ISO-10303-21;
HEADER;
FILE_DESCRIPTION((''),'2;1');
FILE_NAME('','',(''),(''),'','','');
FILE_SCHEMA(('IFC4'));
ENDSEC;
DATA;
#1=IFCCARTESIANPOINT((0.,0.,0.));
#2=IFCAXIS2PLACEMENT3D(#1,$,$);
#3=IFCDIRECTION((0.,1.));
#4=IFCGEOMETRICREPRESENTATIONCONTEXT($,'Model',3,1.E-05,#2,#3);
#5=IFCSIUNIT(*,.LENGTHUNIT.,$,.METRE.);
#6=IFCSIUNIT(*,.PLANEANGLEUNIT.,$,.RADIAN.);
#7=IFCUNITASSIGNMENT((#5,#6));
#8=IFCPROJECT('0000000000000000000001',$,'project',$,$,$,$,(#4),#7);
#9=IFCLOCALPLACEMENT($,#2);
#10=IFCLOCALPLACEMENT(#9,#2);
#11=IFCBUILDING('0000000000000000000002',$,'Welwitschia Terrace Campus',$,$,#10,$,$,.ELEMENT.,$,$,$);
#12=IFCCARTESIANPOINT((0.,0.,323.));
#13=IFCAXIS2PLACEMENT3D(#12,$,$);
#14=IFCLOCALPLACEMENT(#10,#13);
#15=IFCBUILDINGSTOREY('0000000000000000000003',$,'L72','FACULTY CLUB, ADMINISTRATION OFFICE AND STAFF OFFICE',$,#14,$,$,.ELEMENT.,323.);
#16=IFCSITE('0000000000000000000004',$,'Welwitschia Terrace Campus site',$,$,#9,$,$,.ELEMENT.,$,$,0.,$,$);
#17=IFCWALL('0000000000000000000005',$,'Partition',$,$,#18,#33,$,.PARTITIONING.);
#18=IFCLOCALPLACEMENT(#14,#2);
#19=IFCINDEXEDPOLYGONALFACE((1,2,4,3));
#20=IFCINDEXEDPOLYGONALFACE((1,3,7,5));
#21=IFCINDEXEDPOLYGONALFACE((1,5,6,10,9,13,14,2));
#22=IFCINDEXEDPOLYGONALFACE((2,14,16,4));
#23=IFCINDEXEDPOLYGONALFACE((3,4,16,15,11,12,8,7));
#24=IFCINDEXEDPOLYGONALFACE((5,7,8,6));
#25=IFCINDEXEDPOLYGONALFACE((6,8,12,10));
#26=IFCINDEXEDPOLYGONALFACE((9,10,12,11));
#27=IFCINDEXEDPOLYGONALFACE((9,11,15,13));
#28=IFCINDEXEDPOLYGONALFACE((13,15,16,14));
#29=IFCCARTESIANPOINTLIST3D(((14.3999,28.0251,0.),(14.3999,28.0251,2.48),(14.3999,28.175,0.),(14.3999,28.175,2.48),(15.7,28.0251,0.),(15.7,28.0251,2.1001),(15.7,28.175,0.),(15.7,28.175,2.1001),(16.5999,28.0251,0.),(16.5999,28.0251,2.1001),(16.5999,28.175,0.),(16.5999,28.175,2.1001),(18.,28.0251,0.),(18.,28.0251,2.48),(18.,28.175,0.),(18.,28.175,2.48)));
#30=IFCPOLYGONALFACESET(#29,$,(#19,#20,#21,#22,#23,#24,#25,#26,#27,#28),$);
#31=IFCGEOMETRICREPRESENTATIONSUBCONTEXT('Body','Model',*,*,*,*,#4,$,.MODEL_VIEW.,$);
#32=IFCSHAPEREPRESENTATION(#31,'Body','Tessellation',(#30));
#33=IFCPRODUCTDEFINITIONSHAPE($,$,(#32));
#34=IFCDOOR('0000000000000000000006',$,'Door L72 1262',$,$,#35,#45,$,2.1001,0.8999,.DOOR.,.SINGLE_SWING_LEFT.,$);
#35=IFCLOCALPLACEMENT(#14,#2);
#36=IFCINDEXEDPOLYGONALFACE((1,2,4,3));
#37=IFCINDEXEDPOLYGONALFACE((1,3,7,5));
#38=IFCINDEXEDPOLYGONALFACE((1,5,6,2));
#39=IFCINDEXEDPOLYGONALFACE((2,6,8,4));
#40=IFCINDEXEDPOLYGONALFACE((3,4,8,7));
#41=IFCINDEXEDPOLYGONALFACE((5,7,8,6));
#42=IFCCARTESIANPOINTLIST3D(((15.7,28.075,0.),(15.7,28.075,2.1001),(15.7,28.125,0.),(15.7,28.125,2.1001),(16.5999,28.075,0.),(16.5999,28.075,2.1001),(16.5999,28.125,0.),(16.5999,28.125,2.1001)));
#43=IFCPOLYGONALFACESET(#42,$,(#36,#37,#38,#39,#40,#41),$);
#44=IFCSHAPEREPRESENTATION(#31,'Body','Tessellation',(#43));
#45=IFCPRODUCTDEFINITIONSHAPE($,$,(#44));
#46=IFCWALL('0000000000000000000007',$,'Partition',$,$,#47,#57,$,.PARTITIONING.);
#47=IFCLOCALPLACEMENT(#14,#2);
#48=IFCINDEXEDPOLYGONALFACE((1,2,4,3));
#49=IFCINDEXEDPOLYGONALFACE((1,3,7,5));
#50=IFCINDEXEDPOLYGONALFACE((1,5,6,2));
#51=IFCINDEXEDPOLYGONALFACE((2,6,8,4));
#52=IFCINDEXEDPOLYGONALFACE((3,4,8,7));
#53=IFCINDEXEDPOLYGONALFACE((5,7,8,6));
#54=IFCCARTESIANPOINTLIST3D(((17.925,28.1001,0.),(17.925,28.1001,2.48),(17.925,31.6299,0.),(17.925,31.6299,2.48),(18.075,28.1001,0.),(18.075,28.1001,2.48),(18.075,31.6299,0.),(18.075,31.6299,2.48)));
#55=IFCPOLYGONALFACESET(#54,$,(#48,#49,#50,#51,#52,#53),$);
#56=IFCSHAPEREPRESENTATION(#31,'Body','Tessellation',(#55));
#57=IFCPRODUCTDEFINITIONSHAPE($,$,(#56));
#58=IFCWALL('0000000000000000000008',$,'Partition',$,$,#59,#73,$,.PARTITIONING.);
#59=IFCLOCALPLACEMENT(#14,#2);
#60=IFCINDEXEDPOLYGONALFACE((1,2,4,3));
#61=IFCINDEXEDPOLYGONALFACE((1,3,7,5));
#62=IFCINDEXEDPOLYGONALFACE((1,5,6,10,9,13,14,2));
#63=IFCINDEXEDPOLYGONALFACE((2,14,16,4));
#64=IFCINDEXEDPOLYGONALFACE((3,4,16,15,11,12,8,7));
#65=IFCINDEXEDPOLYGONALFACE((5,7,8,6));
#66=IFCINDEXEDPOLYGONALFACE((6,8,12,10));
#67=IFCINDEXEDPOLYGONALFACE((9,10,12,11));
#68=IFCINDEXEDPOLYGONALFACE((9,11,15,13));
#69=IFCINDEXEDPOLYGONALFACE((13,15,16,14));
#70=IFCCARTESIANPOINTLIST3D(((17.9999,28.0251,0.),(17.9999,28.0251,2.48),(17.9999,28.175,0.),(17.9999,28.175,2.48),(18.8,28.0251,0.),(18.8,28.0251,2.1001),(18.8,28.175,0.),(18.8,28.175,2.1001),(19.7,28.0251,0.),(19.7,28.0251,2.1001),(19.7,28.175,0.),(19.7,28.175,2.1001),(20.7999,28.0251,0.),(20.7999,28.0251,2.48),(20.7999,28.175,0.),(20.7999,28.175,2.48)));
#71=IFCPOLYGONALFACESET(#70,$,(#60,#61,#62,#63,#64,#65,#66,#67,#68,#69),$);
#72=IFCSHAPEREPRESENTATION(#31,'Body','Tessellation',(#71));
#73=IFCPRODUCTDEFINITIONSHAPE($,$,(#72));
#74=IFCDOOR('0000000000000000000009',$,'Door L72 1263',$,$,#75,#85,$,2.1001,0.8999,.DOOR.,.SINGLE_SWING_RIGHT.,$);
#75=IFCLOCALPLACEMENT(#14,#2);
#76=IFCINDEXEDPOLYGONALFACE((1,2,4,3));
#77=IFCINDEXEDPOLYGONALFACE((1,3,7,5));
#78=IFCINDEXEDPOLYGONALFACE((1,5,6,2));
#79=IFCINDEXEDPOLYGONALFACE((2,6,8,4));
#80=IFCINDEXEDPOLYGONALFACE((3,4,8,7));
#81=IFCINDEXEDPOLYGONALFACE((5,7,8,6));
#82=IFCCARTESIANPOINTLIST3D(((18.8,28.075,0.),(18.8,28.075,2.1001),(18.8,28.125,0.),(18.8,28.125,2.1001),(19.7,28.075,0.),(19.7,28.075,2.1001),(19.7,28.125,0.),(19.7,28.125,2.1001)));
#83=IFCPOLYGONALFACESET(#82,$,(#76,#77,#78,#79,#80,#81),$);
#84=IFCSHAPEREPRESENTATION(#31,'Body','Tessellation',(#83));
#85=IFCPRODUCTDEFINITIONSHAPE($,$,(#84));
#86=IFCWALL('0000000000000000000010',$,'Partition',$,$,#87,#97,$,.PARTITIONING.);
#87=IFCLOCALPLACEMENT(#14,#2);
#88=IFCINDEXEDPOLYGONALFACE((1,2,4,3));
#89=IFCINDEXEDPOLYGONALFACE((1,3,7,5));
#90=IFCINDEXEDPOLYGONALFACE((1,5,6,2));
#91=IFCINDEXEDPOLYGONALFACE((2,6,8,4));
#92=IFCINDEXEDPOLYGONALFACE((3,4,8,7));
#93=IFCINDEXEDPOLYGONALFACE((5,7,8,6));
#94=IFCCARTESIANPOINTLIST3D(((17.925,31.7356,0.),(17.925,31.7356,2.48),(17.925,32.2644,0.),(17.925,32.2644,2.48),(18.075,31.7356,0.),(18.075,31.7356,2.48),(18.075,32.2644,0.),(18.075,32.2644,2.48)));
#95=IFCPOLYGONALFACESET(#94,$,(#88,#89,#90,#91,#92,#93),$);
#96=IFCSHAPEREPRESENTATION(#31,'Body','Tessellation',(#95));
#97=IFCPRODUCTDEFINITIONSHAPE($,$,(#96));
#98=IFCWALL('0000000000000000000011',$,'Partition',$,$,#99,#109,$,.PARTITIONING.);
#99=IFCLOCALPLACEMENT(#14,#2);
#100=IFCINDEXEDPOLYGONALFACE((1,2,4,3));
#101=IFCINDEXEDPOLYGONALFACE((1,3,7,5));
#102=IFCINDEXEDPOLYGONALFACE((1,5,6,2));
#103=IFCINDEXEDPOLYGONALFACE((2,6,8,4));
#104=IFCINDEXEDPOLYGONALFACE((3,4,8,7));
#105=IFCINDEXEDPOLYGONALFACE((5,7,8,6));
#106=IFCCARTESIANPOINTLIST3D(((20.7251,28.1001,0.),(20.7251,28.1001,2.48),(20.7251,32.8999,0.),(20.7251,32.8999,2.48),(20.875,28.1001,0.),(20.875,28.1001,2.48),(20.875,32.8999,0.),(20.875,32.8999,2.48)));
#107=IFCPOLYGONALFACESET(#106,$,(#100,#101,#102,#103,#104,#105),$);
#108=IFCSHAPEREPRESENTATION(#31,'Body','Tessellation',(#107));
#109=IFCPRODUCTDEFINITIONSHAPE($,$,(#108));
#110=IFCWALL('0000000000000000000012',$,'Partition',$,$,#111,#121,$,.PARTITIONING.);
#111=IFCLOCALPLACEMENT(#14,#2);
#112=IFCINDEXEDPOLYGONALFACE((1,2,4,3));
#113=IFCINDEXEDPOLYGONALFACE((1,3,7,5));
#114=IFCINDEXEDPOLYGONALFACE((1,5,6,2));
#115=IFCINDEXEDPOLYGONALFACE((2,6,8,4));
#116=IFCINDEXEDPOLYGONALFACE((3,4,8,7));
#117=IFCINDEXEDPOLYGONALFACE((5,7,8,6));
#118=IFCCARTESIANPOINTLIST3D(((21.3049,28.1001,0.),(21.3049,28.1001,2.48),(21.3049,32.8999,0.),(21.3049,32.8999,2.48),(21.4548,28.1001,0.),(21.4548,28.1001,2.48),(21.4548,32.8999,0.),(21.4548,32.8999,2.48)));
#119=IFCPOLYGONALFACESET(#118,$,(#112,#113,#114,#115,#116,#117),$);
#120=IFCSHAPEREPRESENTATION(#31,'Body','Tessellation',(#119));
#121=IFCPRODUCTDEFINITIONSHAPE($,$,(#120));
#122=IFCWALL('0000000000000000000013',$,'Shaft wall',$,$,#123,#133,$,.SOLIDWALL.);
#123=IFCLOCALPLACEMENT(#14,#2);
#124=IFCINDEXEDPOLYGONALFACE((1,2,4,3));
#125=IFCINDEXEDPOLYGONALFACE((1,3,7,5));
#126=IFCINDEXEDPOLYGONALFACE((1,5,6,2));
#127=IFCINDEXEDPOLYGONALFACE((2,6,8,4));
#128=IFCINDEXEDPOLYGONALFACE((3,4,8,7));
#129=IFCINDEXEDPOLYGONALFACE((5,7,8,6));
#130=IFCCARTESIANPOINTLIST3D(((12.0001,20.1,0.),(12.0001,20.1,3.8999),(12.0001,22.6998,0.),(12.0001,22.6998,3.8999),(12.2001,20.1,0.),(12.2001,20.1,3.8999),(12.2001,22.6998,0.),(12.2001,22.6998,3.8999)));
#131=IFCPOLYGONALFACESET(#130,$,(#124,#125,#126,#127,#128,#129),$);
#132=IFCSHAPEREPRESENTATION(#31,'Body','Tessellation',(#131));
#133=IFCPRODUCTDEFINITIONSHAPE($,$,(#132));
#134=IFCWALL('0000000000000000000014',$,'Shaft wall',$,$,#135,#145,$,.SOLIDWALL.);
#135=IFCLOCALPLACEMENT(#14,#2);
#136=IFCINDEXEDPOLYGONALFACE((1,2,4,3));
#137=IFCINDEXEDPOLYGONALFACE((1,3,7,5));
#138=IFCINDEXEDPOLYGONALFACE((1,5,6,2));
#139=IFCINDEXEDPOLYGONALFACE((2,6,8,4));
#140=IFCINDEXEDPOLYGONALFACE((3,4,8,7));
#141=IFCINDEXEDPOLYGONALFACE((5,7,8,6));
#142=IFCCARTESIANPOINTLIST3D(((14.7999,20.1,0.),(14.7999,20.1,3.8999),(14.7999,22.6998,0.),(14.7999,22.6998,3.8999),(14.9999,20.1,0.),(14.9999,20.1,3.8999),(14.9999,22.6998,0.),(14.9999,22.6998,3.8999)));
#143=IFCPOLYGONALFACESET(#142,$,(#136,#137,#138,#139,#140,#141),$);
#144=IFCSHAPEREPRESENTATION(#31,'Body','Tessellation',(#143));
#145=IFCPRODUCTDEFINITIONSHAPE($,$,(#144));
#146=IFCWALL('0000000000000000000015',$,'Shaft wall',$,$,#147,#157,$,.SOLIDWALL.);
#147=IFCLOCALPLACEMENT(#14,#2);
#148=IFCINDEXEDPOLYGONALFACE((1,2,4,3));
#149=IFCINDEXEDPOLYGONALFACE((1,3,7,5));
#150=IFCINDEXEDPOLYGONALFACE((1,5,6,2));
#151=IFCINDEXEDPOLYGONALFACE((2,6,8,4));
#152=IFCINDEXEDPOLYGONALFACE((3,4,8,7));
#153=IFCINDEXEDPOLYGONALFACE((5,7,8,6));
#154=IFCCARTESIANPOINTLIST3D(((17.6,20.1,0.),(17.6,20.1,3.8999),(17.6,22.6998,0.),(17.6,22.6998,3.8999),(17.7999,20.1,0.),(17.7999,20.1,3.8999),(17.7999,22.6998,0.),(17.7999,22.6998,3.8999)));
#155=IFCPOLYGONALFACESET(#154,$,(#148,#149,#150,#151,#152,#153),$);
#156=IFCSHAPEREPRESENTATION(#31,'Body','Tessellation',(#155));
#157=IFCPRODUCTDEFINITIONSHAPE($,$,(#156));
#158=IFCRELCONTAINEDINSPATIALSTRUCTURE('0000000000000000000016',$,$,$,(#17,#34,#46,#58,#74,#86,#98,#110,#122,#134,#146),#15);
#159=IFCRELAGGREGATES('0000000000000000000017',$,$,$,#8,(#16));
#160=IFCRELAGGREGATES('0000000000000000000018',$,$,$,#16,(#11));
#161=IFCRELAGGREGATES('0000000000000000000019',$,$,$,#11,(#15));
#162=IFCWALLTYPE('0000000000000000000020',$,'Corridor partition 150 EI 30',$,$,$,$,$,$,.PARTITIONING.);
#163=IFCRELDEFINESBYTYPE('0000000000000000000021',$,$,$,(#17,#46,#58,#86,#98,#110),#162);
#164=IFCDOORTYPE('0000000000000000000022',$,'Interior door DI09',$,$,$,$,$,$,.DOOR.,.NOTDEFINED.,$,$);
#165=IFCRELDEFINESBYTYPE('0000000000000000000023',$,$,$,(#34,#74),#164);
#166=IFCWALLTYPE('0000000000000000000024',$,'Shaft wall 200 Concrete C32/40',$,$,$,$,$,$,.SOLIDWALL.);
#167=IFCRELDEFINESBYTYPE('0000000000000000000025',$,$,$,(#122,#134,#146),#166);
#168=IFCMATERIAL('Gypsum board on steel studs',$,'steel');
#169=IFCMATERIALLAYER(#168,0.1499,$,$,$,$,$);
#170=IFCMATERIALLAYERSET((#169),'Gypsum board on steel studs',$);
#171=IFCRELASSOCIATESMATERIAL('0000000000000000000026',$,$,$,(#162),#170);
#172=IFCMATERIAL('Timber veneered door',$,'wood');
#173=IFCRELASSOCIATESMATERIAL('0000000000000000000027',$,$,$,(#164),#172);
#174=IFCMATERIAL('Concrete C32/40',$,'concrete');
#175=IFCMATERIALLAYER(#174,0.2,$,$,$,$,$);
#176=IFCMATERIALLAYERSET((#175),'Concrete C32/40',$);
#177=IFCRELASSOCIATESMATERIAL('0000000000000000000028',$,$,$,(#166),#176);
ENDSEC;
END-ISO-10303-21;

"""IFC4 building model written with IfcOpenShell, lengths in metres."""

from ifc_helpers import new_model, si_unit, direction, frame, frame_2d, origin, place, context, subcontext, project, spatial, rectangle, extrude, material, layer, layer_set, type_object, element, fill, save


model = new_model("IFC4")

# Units and contexts
model_context = context("Model", 3, precision=1e-05, world=origin(), true_north=direction((0.0, 1.0)))
body_context = subcontext(model_context, "Body", "Model", "MODEL_VIEW")
ifc_project = project(units=[si_unit("LENGTHUNIT", "METRE"), si_unit("PLANEANGLEUNIT", "RADIAN")], contexts=[model_context])

# Site, building, storey
site_placement = place(None, origin())
site = spatial("IfcSite", under=ifc_project, at=site_placement, Name="Welwitschia Terrace Campus site", CompositionType="ELEMENT", RefElevation=0.0)
building_placement = place(site_placement, origin())
building = spatial("IfcBuilding", under=site, at=building_placement, Name="Welwitschia Terrace Campus", CompositionType="ELEMENT")
storey_placement = place(building_placement, frame((0.0, 0.0, 323.0)))
storey = spatial("IfcBuildingStorey", under=building, at=storey_placement, Name="L72", Description="FACULTY CLUB, ADMINISTRATION OFFICE AND STAFF OFFICE", CompositionType="ELEMENT", Elevation=323.0)

# Shared definitions
ifc_material_1 = material(Name="Gypsum board on steel studs", Category="steel")
ifc_layer_1 = layer(ifc_material_1, 0.1499)
ifc_layer_set_1 = layer_set([ifc_layer_1], Name="Gypsum board on steel studs")
wall_type_1 = type_object("IfcWallType", Name="Corridor partition 150 EI 30", PredefinedType="PARTITIONING", material=ifc_layer_set_1)

# Wall, opening, door
wall_1_placement = place(storey_placement, frame((14.3999, 28.1001, 0.0), z_axis=(0.0, 0.0, 1.0), x_axis=(1.0, 0.0, 0.0)))
wall_1 = element("IfcWall", 1, at=wall_1_placement, inside=storey, type_object=wall_type_1, Name="Partition", PredefinedType="PARTITIONING", context=body_context, shape_type="SweptSolid", body=[
    extrude(rectangle(XDim=3.6001, YDim=0.1499, at=frame_2d((1.8, 0.0))), origin(), (0.0, 0.0, 1.0), 2.48),
])
opening_1_placement = place(wall_1_placement, frame((1.3, 0.0, 0.0)))
opening_1 = element("IfcOpeningElement", 2, at=opening_1_placement, cuts=wall_1, PredefinedType="OPENING", context=body_context, shape_type="SweptSolid", body=[
    extrude(rectangle(XDim=0.8999, YDim=2.1001, at=frame_2d((0.45, 1.05))), frame((0.0, 0.085, 0.0), z_axis=(0.0, -1.0, 0.0), x_axis=(1.0, 0.0, 0.0)), (0.0, 0.0, 1.0), 0.1699),
])
ifc_material_2 = material(Name="Timber veneered door", Category="wood")
door_type = type_object("IfcDoorType", Name="Interior door DI09", OperationType="NOTDEFINED", PredefinedType="DOOR", material=ifc_material_2)
door_1_placement = place(opening_1_placement, origin())
door_1 = element("IfcDoor", 3, at=door_1_placement, inside=storey, type_object=door_type, Name="Door L72 1262", OperationType="SINGLE_SWING_LEFT", OverallHeight=2.1001, OverallWidth=0.8999, PredefinedType="DOOR", context=body_context, shape_type="SweptSolid", body=[
    extrude(rectangle(XDim=0.8999, YDim=2.1001, at=frame_2d((0.45, 1.05))), frame((0.0, 0.0249, 0.0), z_axis=(0.0, -1.0, 0.0), x_axis=(1.0, 0.0, 0.0)), (0.0, 0.0, 1.0), 0.05),
])
fill(opening_1, door_1)

# Wall
wall_2_placement = place(storey_placement, frame((18.0, 28.1001, 0.0), z_axis=(0.0, 0.0, 1.0), x_axis=(0.0, 1.0, 0.0)))
element("IfcWall", 4, at=wall_2_placement, inside=storey, type_object=wall_type_1, Name="Partition", PredefinedType="PARTITIONING", context=body_context, shape_type="SweptSolid", body=[
    extrude(rectangle(XDim=3.5298, YDim=0.1499, at=frame_2d((1.7649, 0.0))), origin(), (0.0, 0.0, 1.0), 2.48),
])

# Wall, opening, door
wall_3_placement = place(storey_placement, frame((18.0, 28.1001, 0.0), z_axis=(0.0, 0.0, 1.0), x_axis=(1.0, 0.0, 0.0)))
wall_3 = element("IfcWall", 5, at=wall_3_placement, inside=storey, type_object=wall_type_1, Name="Partition", PredefinedType="PARTITIONING", context=body_context, shape_type="SweptSolid", body=[
    extrude(rectangle(XDim=2.8, YDim=0.1499, at=frame_2d((1.3999, 0.0))), origin(), (0.0, 0.0, 1.0), 2.48),
])
opening_2_placement = place(wall_3_placement, frame((0.8, 0.0, 0.0)))
opening_2 = element("IfcOpeningElement", 6, at=opening_2_placement, cuts=wall_3, PredefinedType="OPENING", context=body_context, shape_type="SweptSolid", body=[
    extrude(rectangle(XDim=0.8999, YDim=2.1001, at=frame_2d((0.45, 1.05))), frame((0.0, 0.085, 0.0), z_axis=(0.0, -1.0, 0.0), x_axis=(1.0, 0.0, 0.0)), (0.0, 0.0, 1.0), 0.1699),
])
door_2_placement = place(opening_2_placement, origin())
door_2 = element("IfcDoor", 7, at=door_2_placement, inside=storey, type_object=door_type, Name="Door L72 1263", OperationType="SINGLE_SWING_RIGHT", OverallHeight=2.1001, OverallWidth=0.8999, PredefinedType="DOOR", context=body_context, shape_type="SweptSolid", body=[
    extrude(rectangle(XDim=0.8999, YDim=2.1001, at=frame_2d((0.45, 1.05))), frame((0.0, 0.0249, 0.0), z_axis=(0.0, -1.0, 0.0), x_axis=(1.0, 0.0, 0.0)), (0.0, 0.0, 1.0), 0.05),
])
fill(opening_2, door_2)

# Walls
wall_4_placement = place(storey_placement, frame((18.0, 31.7356, 0.0), z_axis=(0.0, 0.0, 1.0), x_axis=(0.0, 1.0, 0.0)))
element("IfcWall", 8, at=wall_4_placement, inside=storey, type_object=wall_type_1, Name="Partition", PredefinedType="PARTITIONING", context=body_context, shape_type="SweptSolid", body=[
    extrude(rectangle(XDim=0.5288, YDim=0.1499, at=frame_2d((0.2644, 0.0))), origin(), (0.0, 0.0, 1.0), 2.48),
])
for number, where, z_axis, x_axis, name in (
    (9, (20.8, 28.1001, 0.0), (0.0, 0.0, 1.0), (0.0, 1.0, 0.0), "Partition"),
    (10, (21.3799, 28.1001, 0.0), (0.0, 0.0, 1.0), (0.0, 1.0, 0.0), "Partition"),
):
    element("IfcWall", number, at=place(storey_placement, frame(where, z_axis=z_axis, x_axis=x_axis)), inside=storey, type_object=wall_type_1, Name=name, PredefinedType="PARTITIONING", context=body_context, shape_type="SweptSolid", body=[
        extrude(rectangle(XDim=4.7998, YDim=0.1499, at=frame_2d((2.3999, 0.0))), origin(), (0.0, 0.0, 1.0), 2.48),
    ])
ifc_material_3 = material(Name="Concrete C32/40", Category="concrete")
ifc_layer_2 = layer(ifc_material_3, 0.2)
ifc_layer_set_2 = layer_set([ifc_layer_2], Name="Concrete C32/40")
wall_type_2 = type_object("IfcWallType", Name="Shaft wall 200 Concrete C32/40", PredefinedType="SOLIDWALL", material=ifc_layer_set_2)
for number, where, z_axis, x_axis, name in (
    (11, (12.1001, 20.1001, 0.0), (0.0, 0.0, 1.0), (0.0, 1.0, 0.0), "Shaft wall"),
    (12, (14.8999, 20.1001, 0.0), (0.0, 0.0, 1.0), (0.0, 1.0, 0.0), "Shaft wall"),
    (13, (17.7, 20.1001, 0.0), (0.0, 0.0, 1.0), (0.0, 1.0, 0.0), "Shaft wall"),
):
    element("IfcWall", number, at=place(storey_placement, frame(where, z_axis=z_axis, x_axis=x_axis)), inside=storey, type_object=wall_type_2, Name=name, PredefinedType="SOLIDWALL", context=body_context, shape_type="SweptSolid", body=[
        extrude(rectangle(XDim=2.5999, YDim=0.2, at=frame_2d((1.2998, 0.0))), origin(), (0.0, 0.0, 1.0), 3.8999),
    ])

save(model, "model.ifc")
